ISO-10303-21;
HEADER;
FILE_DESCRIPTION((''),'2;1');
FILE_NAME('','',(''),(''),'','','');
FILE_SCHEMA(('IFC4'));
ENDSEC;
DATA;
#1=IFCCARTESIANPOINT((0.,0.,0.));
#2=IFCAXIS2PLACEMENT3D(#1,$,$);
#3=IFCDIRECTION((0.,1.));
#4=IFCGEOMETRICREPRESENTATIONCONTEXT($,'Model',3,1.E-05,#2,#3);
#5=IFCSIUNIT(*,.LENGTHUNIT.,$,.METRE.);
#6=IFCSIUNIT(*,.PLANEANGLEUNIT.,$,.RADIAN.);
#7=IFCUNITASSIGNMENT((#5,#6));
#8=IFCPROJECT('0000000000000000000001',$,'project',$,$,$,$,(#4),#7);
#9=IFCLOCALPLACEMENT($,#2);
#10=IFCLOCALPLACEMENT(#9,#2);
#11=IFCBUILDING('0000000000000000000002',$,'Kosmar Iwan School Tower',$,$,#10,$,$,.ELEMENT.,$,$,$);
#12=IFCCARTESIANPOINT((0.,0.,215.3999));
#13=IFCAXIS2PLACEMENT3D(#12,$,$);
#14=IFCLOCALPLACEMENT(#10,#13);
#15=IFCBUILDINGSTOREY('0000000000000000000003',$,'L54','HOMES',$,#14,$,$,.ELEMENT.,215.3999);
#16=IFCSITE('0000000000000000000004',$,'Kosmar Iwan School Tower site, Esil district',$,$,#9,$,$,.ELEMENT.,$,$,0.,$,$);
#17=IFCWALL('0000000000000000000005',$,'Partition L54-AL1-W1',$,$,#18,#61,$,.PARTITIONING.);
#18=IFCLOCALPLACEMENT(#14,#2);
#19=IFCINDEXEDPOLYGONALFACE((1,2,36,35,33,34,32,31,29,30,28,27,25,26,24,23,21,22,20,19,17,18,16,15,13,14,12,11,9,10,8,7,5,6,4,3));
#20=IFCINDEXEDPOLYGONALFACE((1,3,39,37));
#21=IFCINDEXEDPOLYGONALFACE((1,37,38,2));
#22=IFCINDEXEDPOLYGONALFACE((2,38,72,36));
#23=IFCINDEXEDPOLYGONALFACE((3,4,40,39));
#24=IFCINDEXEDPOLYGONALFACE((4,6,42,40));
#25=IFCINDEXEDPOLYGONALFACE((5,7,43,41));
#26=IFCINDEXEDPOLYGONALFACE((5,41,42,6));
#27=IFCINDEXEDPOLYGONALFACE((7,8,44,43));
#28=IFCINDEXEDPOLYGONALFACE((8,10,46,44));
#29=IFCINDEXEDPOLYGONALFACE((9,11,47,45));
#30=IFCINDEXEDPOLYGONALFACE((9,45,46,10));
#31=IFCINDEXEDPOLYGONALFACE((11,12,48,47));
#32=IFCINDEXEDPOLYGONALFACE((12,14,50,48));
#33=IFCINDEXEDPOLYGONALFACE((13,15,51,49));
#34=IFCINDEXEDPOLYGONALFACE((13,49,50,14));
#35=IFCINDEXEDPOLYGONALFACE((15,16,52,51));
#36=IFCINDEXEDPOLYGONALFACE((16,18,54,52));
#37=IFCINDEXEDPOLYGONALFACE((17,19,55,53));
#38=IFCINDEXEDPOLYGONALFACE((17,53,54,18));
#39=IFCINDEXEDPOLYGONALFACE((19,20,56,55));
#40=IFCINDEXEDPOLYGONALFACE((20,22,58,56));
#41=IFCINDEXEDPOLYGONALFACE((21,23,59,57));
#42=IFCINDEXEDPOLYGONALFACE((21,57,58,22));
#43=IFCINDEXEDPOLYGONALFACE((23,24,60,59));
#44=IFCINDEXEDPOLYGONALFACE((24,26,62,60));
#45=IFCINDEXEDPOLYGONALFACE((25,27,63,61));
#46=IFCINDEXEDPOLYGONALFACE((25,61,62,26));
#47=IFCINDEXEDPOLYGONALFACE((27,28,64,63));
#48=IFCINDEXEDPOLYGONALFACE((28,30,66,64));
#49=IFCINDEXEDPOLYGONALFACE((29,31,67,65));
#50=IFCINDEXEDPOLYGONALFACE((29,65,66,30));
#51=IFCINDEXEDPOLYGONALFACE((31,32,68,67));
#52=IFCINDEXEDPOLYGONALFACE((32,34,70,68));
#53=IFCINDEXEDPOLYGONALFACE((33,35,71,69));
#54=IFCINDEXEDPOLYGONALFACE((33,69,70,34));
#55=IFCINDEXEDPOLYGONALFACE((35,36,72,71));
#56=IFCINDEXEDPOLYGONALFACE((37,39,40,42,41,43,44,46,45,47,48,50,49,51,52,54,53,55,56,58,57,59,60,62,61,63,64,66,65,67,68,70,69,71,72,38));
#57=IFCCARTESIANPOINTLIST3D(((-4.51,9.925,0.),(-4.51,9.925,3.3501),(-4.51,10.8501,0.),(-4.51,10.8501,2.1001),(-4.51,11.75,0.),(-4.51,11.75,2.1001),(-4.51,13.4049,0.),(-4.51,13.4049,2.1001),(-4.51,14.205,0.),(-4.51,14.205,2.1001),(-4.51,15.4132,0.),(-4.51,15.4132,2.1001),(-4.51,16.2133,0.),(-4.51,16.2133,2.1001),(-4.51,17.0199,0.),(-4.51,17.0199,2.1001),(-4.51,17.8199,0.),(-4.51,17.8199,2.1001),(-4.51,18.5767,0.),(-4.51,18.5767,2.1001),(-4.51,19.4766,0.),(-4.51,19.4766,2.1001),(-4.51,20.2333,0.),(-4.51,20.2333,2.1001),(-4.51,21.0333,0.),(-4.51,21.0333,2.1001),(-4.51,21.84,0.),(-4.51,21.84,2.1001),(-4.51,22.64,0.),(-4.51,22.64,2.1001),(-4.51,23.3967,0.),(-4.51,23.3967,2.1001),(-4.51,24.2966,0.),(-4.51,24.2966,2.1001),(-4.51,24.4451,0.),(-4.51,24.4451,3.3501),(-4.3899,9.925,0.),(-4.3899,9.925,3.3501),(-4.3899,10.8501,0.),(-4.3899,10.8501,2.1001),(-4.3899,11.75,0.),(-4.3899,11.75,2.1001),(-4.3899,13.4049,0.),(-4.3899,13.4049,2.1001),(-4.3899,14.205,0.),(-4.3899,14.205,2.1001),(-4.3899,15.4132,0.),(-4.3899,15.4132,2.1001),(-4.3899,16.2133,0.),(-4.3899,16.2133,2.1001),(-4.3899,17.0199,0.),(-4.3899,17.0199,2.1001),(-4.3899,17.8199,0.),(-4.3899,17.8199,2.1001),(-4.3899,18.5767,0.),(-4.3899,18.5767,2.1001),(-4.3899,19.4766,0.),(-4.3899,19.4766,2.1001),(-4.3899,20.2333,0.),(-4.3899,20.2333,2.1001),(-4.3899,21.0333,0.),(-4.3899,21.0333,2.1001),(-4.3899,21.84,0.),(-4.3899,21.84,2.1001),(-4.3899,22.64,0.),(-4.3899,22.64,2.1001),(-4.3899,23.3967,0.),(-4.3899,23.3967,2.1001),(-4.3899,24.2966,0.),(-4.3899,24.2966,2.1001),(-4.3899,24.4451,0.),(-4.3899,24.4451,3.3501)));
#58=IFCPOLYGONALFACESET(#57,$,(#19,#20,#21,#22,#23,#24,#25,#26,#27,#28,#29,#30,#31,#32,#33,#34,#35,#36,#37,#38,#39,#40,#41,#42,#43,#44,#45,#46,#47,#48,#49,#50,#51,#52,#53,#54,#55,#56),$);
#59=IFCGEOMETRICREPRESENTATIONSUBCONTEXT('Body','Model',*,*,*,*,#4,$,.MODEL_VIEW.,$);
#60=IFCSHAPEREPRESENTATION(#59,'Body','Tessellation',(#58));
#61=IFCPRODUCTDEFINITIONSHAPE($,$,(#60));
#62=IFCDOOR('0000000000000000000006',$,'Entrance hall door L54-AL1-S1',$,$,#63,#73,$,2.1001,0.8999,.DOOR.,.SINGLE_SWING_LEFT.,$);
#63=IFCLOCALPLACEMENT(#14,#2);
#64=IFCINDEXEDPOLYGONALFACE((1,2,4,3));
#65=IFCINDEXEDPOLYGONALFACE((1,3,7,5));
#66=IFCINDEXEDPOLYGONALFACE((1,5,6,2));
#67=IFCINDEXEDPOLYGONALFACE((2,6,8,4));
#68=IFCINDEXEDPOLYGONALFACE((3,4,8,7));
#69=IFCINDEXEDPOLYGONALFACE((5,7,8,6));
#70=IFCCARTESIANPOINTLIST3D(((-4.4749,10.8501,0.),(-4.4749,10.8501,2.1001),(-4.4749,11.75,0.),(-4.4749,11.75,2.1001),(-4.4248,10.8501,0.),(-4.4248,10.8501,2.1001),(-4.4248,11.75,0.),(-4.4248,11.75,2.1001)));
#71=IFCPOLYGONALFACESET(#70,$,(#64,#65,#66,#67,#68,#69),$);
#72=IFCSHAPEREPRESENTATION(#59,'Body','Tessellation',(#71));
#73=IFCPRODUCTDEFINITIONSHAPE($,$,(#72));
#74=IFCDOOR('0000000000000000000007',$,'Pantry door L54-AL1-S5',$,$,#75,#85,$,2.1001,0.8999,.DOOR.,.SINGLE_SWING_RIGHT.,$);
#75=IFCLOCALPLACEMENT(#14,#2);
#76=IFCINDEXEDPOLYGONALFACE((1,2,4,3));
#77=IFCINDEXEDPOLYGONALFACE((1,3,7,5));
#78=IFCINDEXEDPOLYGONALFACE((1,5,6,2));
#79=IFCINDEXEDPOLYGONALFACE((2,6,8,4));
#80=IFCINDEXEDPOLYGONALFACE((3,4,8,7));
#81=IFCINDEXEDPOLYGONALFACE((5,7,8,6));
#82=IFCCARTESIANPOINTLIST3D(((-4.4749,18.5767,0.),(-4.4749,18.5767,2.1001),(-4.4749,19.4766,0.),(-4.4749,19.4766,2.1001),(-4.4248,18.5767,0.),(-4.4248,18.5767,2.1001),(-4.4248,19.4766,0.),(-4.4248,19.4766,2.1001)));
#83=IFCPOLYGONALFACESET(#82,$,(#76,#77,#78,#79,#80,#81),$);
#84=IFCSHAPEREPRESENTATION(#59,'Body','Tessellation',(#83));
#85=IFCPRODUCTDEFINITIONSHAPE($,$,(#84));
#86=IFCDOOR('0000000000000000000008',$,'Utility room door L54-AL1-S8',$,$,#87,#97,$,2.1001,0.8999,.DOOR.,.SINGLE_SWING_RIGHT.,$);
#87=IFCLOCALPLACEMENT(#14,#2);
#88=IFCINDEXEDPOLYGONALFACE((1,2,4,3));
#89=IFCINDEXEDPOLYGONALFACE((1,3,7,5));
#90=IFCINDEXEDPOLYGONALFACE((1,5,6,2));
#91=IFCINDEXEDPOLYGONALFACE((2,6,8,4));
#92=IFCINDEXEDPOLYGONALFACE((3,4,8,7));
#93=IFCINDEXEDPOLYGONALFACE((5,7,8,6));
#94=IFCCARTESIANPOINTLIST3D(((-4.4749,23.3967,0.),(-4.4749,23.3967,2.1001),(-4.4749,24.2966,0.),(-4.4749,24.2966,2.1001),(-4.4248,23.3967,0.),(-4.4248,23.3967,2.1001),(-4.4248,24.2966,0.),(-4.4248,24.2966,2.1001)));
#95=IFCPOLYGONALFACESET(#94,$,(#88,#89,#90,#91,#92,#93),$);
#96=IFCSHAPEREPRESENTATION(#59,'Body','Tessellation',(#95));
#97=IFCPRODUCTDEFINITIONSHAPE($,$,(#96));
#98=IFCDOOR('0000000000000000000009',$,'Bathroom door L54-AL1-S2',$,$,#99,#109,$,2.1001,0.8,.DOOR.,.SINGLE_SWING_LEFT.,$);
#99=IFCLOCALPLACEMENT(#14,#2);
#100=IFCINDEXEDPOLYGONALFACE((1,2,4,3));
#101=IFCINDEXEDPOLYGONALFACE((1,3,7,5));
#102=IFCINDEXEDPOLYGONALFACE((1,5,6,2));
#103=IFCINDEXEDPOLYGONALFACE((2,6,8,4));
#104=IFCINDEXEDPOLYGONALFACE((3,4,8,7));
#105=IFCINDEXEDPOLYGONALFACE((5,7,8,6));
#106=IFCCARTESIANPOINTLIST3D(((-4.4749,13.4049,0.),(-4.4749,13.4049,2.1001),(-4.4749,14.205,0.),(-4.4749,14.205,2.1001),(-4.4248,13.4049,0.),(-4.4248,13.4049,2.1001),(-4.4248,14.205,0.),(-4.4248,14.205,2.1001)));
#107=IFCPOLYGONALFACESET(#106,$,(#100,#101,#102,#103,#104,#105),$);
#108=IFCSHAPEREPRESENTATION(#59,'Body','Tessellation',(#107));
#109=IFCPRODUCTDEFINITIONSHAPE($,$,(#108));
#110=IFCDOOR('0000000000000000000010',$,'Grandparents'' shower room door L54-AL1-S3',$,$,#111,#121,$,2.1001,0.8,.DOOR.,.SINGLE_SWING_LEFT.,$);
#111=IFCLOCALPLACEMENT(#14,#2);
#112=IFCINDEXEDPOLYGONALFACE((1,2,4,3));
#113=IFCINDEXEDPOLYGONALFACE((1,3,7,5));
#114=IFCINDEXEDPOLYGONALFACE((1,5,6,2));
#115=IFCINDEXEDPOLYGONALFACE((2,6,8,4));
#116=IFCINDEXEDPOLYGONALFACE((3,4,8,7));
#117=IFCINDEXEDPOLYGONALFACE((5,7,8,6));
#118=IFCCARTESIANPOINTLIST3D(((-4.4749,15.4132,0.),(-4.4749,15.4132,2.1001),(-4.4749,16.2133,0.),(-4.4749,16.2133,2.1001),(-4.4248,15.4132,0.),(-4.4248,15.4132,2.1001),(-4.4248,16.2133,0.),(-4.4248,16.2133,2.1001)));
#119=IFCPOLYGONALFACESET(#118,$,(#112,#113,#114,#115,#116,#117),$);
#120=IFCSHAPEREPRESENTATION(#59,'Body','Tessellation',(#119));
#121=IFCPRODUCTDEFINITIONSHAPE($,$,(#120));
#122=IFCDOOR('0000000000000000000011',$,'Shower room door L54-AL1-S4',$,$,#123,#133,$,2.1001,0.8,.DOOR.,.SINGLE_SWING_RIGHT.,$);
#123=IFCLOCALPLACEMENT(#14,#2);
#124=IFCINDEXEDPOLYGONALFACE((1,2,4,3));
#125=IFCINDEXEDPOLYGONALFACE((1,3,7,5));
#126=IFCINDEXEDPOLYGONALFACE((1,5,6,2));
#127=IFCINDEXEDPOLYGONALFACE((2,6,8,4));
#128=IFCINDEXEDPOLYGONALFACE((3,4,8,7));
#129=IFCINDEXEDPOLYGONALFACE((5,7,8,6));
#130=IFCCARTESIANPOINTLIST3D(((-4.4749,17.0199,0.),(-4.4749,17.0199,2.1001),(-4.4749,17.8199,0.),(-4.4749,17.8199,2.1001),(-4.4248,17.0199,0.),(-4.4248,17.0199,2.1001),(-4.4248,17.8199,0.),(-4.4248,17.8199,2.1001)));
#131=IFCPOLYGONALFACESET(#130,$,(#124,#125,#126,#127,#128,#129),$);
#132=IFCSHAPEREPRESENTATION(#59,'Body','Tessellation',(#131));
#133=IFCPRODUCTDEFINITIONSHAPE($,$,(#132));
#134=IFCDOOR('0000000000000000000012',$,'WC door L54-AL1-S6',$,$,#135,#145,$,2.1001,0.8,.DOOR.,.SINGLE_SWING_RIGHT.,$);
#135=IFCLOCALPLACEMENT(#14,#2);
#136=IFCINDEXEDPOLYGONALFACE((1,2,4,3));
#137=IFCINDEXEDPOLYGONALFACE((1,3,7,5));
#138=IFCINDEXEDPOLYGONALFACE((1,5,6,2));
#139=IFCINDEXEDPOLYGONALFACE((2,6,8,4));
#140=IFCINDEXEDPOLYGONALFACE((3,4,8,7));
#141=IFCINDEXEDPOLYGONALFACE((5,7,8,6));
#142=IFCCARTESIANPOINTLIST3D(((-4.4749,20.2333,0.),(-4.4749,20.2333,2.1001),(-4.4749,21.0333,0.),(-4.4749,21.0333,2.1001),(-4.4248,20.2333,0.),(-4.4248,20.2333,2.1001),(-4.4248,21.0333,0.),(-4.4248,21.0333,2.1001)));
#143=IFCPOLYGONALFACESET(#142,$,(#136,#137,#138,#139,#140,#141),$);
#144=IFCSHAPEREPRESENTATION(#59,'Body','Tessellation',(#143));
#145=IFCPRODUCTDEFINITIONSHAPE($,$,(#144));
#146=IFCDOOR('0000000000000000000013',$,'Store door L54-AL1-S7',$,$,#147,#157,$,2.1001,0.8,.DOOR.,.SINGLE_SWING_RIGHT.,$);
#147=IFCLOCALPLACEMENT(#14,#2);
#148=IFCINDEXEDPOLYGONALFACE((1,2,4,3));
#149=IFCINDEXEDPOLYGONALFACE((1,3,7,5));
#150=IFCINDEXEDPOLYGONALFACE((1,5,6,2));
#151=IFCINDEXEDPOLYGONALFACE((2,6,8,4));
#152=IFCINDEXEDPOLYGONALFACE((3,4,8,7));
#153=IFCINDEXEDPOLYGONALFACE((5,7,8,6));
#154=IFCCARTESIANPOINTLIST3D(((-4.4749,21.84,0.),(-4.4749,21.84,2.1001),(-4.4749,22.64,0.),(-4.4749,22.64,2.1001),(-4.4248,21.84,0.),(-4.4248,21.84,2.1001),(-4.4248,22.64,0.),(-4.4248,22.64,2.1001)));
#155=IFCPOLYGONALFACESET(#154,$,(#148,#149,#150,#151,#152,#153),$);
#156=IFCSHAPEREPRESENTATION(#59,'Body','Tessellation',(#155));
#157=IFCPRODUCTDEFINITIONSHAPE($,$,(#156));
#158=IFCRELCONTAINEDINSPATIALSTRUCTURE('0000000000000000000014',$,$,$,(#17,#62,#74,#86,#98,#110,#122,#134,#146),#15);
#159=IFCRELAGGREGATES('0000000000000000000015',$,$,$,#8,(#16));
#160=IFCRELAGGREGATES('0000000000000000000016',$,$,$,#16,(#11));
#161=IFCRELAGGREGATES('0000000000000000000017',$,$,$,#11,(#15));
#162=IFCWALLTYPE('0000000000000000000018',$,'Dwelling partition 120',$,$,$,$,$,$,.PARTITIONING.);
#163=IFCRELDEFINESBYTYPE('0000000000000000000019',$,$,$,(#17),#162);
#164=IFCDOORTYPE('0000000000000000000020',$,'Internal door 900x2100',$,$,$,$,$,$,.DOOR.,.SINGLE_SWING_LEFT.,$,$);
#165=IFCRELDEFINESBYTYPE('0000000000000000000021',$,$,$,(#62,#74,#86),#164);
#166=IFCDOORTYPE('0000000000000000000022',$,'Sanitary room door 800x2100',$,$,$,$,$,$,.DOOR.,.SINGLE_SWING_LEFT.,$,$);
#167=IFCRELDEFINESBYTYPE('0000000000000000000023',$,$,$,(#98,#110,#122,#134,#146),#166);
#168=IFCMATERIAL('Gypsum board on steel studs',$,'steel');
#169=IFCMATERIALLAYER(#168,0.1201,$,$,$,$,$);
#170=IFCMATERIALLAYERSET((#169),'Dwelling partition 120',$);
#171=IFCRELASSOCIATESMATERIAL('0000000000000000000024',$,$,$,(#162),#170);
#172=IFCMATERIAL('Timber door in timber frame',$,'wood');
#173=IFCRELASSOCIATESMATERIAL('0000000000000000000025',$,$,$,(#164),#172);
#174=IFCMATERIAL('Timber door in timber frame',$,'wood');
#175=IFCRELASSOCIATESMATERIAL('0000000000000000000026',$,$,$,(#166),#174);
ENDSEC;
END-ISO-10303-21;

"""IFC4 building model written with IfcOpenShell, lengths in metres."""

from ifc_helpers import new_model, si_unit, direction, frame, frame_2d, origin, place, context, subcontext, project, spatial, rectangle, extrude, material, layer, layer_set, type_object, element, fill, save


model = new_model("IFC4")

# Units and contexts
model_context = context("Model", 3, precision=1e-05, world=origin(), true_north=direction((0.0, 1.0)))
body_context = subcontext(model_context, "Body", "Model", "MODEL_VIEW")
ifc_project = project(units=[si_unit("LENGTHUNIT", "METRE"), si_unit("PLANEANGLEUNIT", "RADIAN")], contexts=[model_context])

# Site, building, storey
site_placement = place(None, origin())
site = spatial("IfcSite", under=ifc_project, at=site_placement, Name="Kosmar Iwan School Tower site, Esil district", CompositionType="ELEMENT", RefElevation=0.0)
building_placement = place(site_placement, origin())
building = spatial("IfcBuilding", under=site, at=building_placement, Name="Kosmar Iwan School Tower", CompositionType="ELEMENT")
storey_placement = place(building_placement, frame((0.0, 0.0, 215.3999)))
storey = spatial("IfcBuildingStorey", under=building, at=storey_placement, Name="L54", Description="HOMES", CompositionType="ELEMENT", Elevation=215.3999)

# Wall, openings, doors
ifc_material_1 = material(Name="Gypsum board on steel studs", Category="steel")
ifc_layer_1 = layer(ifc_material_1, 0.1201)
ifc_layer_set_1 = layer_set([ifc_layer_1], Name="Dwelling partition 120")
wall_type_1 = type_object("IfcWallType", Name="Dwelling partition 120", PredefinedType="PARTITIONING", material=ifc_layer_set_1)
wall_1_placement = place(storey_placement, frame((-4.45, 9.925, 0.0), z_axis=(0.0, 0.0, 1.0), x_axis=(0.0, 1.0, 0.0)))
wall_1 = element("IfcWall", 1, at=wall_1_placement, inside=storey, type_object=wall_type_1, Name="Partition L54-AL1-W1", PredefinedType="PARTITIONING", context=body_context, shape_type="SweptSolid", body=[
    extrude(rectangle(XDim=14.52, YDim=0.1201, at=frame_2d((7.26, 0.0))), origin(), (0.0, 0.0, 1.0), 3.3501),
])
opening_1_placement = place(wall_1_placement, frame((0.925, 0.0, 0.0)))
opening_1 = element("IfcOpeningElement", 2, at=opening_1_placement, cuts=wall_1, PredefinedType="OPENING", context=body_context, shape_type="SweptSolid", body=[
    extrude(rectangle(XDim=0.8999, YDim=2.1001, at=frame_2d((0.45, 1.05))), frame((0.0, 0.072, 0.0), z_axis=(0.0, -1.0, 0.0), x_axis=(1.0, 0.0, 0.0)), (0.0, 0.0, 1.0), 0.144),
])
opening_2_placement = place(wall_1_placement, frame((3.48, 0.0, 0.0)))
opening_2 = element("IfcOpeningElement", 3, at=opening_2_placement, cuts=wall_1, PredefinedType="OPENING", context=body_context, shape_type="SweptSolid", body=[
    extrude(rectangle(XDim=0.8, YDim=2.1001, at=frame_2d((0.3999, 1.05))), frame((0.0, 0.072, 0.0), z_axis=(0.0, -1.0, 0.0), x_axis=(1.0, 0.0, 0.0)), (0.0, 0.0, 1.0), 0.144),
])
opening_3_placement = place(wall_1_placement, frame((5.4883, 0.0, 0.0)))
opening_3 = element("IfcOpeningElement", 4, at=opening_3_placement, cuts=wall_1, PredefinedType="OPENING", context=body_context, shape_type="SweptSolid", body=[
    extrude(rectangle(XDim=0.8, YDim=2.1001, at=frame_2d((0.3999, 1.05))), frame((0.0, 0.072, 0.0), z_axis=(0.0, -1.0, 0.0), x_axis=(1.0, 0.0, 0.0)), (0.0, 0.0, 1.0), 0.144),
])
opening_4_placement = place(wall_1_placement, frame((7.095, 0.0, 0.0)))
opening_4 = element("IfcOpeningElement", 5, at=opening_4_placement, cuts=wall_1, PredefinedType="OPENING", context=body_context, shape_type="SweptSolid", body=[
    extrude(rectangle(XDim=0.8, YDim=2.1001, at=frame_2d((0.3999, 1.05))), frame((0.0, 0.072, 0.0), z_axis=(0.0, -1.0, 0.0), x_axis=(1.0, 0.0, 0.0)), (0.0, 0.0, 1.0), 0.144),
])
opening_5_placement = place(wall_1_placement, frame((8.6516, 0.0, 0.0)))
opening_5 = element("IfcOpeningElement", 6, at=opening_5_placement, cuts=wall_1, PredefinedType="OPENING", context=body_context, shape_type="SweptSolid", body=[
    extrude(rectangle(XDim=0.8999, YDim=2.1001, at=frame_2d((0.45, 1.05))), frame((0.0, 0.072, 0.0), z_axis=(0.0, -1.0, 0.0), x_axis=(1.0, 0.0, 0.0)), (0.0, 0.0, 1.0), 0.144),
])
opening_6_placement = place(wall_1_placement, frame((10.3083, 0.0, 0.0)))
opening_6 = element("IfcOpeningElement", 7, at=opening_6_placement, cuts=wall_1, PredefinedType="OPENING", context=body_context, shape_type="SweptSolid", body=[
    extrude(rectangle(XDim=0.8, YDim=2.1001, at=frame_2d((0.3999, 1.05))), frame((0.0, 0.072, 0.0), z_axis=(0.0, -1.0, 0.0), x_axis=(1.0, 0.0, 0.0)), (0.0, 0.0, 1.0), 0.144),
])
opening_7_placement = place(wall_1_placement, frame((11.915, 0.0, 0.0)))
opening_7 = element("IfcOpeningElement", 8, at=opening_7_placement, cuts=wall_1, PredefinedType="OPENING", context=body_context, shape_type="SweptSolid", body=[
    extrude(rectangle(XDim=0.8, YDim=2.1001, at=frame_2d((0.3999, 1.05))), frame((0.0, 0.072, 0.0), z_axis=(0.0, -1.0, 0.0), x_axis=(1.0, 0.0, 0.0)), (0.0, 0.0, 1.0), 0.144),
])
opening_8_placement = place(wall_1_placement, frame((13.4717, 0.0, 0.0)))
opening_8 = element("IfcOpeningElement", 9, at=opening_8_placement, cuts=wall_1, PredefinedType="OPENING", context=body_context, shape_type="SweptSolid", body=[
    extrude(rectangle(XDim=0.8999, YDim=2.1001, at=frame_2d((0.45, 1.05))), frame((0.0, 0.072, 0.0), z_axis=(0.0, -1.0, 0.0), x_axis=(1.0, 0.0, 0.0)), (0.0, 0.0, 1.0), 0.144),
])
ifc_material_2 = material(Name="Timber door in timber frame", Category="wood")
door_type_1 = type_object("IfcDoorType", Name="Internal door 900x2100", OperationType="SINGLE_SWING_LEFT", PredefinedType="DOOR", material=ifc_material_2)
door_1_placement = place(opening_1_placement, origin())
door_1 = element("IfcDoor", 10, at=door_1_placement, inside=storey, type_object=door_type_1, Name="Entrance hall door L54-AL1-S1", OperationType="SINGLE_SWING_LEFT", OverallHeight=2.1001, OverallWidth=0.8999, PredefinedType="DOOR", context=body_context, shape_type="SweptSolid", body=[
    extrude(rectangle(XDim=0.8999, YDim=2.1001, at=frame_2d((0.45, 1.05))), frame((0.0, 0.0249, 0.0), z_axis=(0.0, -1.0, 0.0), x_axis=(1.0, 0.0, 0.0)), (0.0, 0.0, 1.0), 0.05),
])
fill(opening_1, door_1)
door_2_placement = place(opening_5_placement, origin())
door_2 = element("IfcDoor", 11, at=door_2_placement, inside=storey, type_object=door_type_1, Name="Pantry door L54-AL1-S5", OperationType="SINGLE_SWING_RIGHT", OverallHeight=2.1001, OverallWidth=0.8999, PredefinedType="DOOR", context=body_context, shape_type="SweptSolid", body=[
    extrude(rectangle(XDim=0.8999, YDim=2.1001, at=frame_2d((0.45, 1.05))), frame((0.0, 0.0249, 0.0), z_axis=(0.0, -1.0, 0.0), x_axis=(1.0, 0.0, 0.0)), (0.0, 0.0, 1.0), 0.05),
])
fill(opening_5, door_2)
door_3_placement = place(opening_8_placement, origin())
door_3 = element("IfcDoor", 12, at=door_3_placement, inside=storey, type_object=door_type_1, Name="Utility room door L54-AL1-S8", OperationType="SINGLE_SWING_RIGHT", OverallHeight=2.1001, OverallWidth=0.8999, PredefinedType="DOOR", context=body_context, shape_type="SweptSolid", body=[
    extrude(rectangle(XDim=0.8999, YDim=2.1001, at=frame_2d((0.45, 1.05))), frame((0.0, 0.0249, 0.0), z_axis=(0.0, -1.0, 0.0), x_axis=(1.0, 0.0, 0.0)), (0.0, 0.0, 1.0), 0.05),
])
fill(opening_8, door_3)
ifc_material_3 = material(Name="Timber door in timber frame", Category="wood")
door_type_2 = type_object("IfcDoorType", Name="Sanitary room door 800x2100", OperationType="SINGLE_SWING_LEFT", PredefinedType="DOOR", material=ifc_material_3)
door_4_placement = place(opening_2_placement, origin())
door_4 = element("IfcDoor", 13, at=door_4_placement, inside=storey, type_object=door_type_2, Name="Bathroom door L54-AL1-S2", OperationType="SINGLE_SWING_LEFT", OverallHeight=2.1001, OverallWidth=0.8, PredefinedType="DOOR", context=body_context, shape_type="SweptSolid", body=[
    extrude(rectangle(XDim=0.8, YDim=2.1001, at=frame_2d((0.3999, 1.05))), frame((0.0, 0.0249, 0.0), z_axis=(0.0, -1.0, 0.0), x_axis=(1.0, 0.0, 0.0)), (0.0, 0.0, 1.0), 0.05),
])
fill(opening_2, door_4)
door_5_placement = place(opening_3_placement, origin())
door_5 = element("IfcDoor", 14, at=door_5_placement, inside=storey, type_object=door_type_2, Name="Grandparents' shower room door L54-AL1-S3", OperationType="SINGLE_SWING_LEFT", OverallHeight=2.1001, OverallWidth=0.8, PredefinedType="DOOR", context=body_context, shape_type="SweptSolid", body=[
    extrude(rectangle(XDim=0.8, YDim=2.1001, at=frame_2d((0.3999, 1.05))), frame((0.0, 0.0249, 0.0), z_axis=(0.0, -1.0, 0.0), x_axis=(1.0, 0.0, 0.0)), (0.0, 0.0, 1.0), 0.05),
])
fill(opening_3, door_5)
door_6_placement = place(opening_4_placement, origin())
door_6 = element("IfcDoor", 15, at=door_6_placement, inside=storey, type_object=door_type_2, Name="Shower room door L54-AL1-S4", OperationType="SINGLE_SWING_RIGHT", OverallHeight=2.1001, OverallWidth=0.8, PredefinedType="DOOR", context=body_context, shape_type="SweptSolid", body=[
    extrude(rectangle(XDim=0.8, YDim=2.1001, at=frame_2d((0.3999, 1.05))), frame((0.0, 0.0249, 0.0), z_axis=(0.0, -1.0, 0.0), x_axis=(1.0, 0.0, 0.0)), (0.0, 0.0, 1.0), 0.05),
])
fill(opening_4, door_6)
door_7_placement = place(opening_6_placement, origin())
door_7 = element("IfcDoor", 16, at=door_7_placement, inside=storey, type_object=door_type_2, Name="WC door L54-AL1-S6", OperationType="SINGLE_SWING_RIGHT", OverallHeight=2.1001, OverallWidth=0.8, PredefinedType="DOOR", context=body_context, shape_type="SweptSolid", body=[
    extrude(rectangle(XDim=0.8, YDim=2.1001, at=frame_2d((0.3999, 1.05))), frame((0.0, 0.0249, 0.0), z_axis=(0.0, -1.0, 0.0), x_axis=(1.0, 0.0, 0.0)), (0.0, 0.0, 1.0), 0.05),
])
fill(opening_6, door_7)
door_8_placement = place(opening_7_placement, origin())
door_8 = element("IfcDoor", 17, at=door_8_placement, inside=storey, type_object=door_type_2, Name="Store door L54-AL1-S7", OperationType="SINGLE_SWING_RIGHT", OverallHeight=2.1001, OverallWidth=0.8, PredefinedType="DOOR", context=body_context, shape_type="SweptSolid", body=[
    extrude(rectangle(XDim=0.8, YDim=2.1001, at=frame_2d((0.3999, 1.05))), frame((0.0, 0.0249, 0.0), z_axis=(0.0, -1.0, 0.0), x_axis=(1.0, 0.0, 0.0)), (0.0, 0.0, 1.0), 0.05),
])
fill(opening_7, door_8)

save(model, "model.ifc")
